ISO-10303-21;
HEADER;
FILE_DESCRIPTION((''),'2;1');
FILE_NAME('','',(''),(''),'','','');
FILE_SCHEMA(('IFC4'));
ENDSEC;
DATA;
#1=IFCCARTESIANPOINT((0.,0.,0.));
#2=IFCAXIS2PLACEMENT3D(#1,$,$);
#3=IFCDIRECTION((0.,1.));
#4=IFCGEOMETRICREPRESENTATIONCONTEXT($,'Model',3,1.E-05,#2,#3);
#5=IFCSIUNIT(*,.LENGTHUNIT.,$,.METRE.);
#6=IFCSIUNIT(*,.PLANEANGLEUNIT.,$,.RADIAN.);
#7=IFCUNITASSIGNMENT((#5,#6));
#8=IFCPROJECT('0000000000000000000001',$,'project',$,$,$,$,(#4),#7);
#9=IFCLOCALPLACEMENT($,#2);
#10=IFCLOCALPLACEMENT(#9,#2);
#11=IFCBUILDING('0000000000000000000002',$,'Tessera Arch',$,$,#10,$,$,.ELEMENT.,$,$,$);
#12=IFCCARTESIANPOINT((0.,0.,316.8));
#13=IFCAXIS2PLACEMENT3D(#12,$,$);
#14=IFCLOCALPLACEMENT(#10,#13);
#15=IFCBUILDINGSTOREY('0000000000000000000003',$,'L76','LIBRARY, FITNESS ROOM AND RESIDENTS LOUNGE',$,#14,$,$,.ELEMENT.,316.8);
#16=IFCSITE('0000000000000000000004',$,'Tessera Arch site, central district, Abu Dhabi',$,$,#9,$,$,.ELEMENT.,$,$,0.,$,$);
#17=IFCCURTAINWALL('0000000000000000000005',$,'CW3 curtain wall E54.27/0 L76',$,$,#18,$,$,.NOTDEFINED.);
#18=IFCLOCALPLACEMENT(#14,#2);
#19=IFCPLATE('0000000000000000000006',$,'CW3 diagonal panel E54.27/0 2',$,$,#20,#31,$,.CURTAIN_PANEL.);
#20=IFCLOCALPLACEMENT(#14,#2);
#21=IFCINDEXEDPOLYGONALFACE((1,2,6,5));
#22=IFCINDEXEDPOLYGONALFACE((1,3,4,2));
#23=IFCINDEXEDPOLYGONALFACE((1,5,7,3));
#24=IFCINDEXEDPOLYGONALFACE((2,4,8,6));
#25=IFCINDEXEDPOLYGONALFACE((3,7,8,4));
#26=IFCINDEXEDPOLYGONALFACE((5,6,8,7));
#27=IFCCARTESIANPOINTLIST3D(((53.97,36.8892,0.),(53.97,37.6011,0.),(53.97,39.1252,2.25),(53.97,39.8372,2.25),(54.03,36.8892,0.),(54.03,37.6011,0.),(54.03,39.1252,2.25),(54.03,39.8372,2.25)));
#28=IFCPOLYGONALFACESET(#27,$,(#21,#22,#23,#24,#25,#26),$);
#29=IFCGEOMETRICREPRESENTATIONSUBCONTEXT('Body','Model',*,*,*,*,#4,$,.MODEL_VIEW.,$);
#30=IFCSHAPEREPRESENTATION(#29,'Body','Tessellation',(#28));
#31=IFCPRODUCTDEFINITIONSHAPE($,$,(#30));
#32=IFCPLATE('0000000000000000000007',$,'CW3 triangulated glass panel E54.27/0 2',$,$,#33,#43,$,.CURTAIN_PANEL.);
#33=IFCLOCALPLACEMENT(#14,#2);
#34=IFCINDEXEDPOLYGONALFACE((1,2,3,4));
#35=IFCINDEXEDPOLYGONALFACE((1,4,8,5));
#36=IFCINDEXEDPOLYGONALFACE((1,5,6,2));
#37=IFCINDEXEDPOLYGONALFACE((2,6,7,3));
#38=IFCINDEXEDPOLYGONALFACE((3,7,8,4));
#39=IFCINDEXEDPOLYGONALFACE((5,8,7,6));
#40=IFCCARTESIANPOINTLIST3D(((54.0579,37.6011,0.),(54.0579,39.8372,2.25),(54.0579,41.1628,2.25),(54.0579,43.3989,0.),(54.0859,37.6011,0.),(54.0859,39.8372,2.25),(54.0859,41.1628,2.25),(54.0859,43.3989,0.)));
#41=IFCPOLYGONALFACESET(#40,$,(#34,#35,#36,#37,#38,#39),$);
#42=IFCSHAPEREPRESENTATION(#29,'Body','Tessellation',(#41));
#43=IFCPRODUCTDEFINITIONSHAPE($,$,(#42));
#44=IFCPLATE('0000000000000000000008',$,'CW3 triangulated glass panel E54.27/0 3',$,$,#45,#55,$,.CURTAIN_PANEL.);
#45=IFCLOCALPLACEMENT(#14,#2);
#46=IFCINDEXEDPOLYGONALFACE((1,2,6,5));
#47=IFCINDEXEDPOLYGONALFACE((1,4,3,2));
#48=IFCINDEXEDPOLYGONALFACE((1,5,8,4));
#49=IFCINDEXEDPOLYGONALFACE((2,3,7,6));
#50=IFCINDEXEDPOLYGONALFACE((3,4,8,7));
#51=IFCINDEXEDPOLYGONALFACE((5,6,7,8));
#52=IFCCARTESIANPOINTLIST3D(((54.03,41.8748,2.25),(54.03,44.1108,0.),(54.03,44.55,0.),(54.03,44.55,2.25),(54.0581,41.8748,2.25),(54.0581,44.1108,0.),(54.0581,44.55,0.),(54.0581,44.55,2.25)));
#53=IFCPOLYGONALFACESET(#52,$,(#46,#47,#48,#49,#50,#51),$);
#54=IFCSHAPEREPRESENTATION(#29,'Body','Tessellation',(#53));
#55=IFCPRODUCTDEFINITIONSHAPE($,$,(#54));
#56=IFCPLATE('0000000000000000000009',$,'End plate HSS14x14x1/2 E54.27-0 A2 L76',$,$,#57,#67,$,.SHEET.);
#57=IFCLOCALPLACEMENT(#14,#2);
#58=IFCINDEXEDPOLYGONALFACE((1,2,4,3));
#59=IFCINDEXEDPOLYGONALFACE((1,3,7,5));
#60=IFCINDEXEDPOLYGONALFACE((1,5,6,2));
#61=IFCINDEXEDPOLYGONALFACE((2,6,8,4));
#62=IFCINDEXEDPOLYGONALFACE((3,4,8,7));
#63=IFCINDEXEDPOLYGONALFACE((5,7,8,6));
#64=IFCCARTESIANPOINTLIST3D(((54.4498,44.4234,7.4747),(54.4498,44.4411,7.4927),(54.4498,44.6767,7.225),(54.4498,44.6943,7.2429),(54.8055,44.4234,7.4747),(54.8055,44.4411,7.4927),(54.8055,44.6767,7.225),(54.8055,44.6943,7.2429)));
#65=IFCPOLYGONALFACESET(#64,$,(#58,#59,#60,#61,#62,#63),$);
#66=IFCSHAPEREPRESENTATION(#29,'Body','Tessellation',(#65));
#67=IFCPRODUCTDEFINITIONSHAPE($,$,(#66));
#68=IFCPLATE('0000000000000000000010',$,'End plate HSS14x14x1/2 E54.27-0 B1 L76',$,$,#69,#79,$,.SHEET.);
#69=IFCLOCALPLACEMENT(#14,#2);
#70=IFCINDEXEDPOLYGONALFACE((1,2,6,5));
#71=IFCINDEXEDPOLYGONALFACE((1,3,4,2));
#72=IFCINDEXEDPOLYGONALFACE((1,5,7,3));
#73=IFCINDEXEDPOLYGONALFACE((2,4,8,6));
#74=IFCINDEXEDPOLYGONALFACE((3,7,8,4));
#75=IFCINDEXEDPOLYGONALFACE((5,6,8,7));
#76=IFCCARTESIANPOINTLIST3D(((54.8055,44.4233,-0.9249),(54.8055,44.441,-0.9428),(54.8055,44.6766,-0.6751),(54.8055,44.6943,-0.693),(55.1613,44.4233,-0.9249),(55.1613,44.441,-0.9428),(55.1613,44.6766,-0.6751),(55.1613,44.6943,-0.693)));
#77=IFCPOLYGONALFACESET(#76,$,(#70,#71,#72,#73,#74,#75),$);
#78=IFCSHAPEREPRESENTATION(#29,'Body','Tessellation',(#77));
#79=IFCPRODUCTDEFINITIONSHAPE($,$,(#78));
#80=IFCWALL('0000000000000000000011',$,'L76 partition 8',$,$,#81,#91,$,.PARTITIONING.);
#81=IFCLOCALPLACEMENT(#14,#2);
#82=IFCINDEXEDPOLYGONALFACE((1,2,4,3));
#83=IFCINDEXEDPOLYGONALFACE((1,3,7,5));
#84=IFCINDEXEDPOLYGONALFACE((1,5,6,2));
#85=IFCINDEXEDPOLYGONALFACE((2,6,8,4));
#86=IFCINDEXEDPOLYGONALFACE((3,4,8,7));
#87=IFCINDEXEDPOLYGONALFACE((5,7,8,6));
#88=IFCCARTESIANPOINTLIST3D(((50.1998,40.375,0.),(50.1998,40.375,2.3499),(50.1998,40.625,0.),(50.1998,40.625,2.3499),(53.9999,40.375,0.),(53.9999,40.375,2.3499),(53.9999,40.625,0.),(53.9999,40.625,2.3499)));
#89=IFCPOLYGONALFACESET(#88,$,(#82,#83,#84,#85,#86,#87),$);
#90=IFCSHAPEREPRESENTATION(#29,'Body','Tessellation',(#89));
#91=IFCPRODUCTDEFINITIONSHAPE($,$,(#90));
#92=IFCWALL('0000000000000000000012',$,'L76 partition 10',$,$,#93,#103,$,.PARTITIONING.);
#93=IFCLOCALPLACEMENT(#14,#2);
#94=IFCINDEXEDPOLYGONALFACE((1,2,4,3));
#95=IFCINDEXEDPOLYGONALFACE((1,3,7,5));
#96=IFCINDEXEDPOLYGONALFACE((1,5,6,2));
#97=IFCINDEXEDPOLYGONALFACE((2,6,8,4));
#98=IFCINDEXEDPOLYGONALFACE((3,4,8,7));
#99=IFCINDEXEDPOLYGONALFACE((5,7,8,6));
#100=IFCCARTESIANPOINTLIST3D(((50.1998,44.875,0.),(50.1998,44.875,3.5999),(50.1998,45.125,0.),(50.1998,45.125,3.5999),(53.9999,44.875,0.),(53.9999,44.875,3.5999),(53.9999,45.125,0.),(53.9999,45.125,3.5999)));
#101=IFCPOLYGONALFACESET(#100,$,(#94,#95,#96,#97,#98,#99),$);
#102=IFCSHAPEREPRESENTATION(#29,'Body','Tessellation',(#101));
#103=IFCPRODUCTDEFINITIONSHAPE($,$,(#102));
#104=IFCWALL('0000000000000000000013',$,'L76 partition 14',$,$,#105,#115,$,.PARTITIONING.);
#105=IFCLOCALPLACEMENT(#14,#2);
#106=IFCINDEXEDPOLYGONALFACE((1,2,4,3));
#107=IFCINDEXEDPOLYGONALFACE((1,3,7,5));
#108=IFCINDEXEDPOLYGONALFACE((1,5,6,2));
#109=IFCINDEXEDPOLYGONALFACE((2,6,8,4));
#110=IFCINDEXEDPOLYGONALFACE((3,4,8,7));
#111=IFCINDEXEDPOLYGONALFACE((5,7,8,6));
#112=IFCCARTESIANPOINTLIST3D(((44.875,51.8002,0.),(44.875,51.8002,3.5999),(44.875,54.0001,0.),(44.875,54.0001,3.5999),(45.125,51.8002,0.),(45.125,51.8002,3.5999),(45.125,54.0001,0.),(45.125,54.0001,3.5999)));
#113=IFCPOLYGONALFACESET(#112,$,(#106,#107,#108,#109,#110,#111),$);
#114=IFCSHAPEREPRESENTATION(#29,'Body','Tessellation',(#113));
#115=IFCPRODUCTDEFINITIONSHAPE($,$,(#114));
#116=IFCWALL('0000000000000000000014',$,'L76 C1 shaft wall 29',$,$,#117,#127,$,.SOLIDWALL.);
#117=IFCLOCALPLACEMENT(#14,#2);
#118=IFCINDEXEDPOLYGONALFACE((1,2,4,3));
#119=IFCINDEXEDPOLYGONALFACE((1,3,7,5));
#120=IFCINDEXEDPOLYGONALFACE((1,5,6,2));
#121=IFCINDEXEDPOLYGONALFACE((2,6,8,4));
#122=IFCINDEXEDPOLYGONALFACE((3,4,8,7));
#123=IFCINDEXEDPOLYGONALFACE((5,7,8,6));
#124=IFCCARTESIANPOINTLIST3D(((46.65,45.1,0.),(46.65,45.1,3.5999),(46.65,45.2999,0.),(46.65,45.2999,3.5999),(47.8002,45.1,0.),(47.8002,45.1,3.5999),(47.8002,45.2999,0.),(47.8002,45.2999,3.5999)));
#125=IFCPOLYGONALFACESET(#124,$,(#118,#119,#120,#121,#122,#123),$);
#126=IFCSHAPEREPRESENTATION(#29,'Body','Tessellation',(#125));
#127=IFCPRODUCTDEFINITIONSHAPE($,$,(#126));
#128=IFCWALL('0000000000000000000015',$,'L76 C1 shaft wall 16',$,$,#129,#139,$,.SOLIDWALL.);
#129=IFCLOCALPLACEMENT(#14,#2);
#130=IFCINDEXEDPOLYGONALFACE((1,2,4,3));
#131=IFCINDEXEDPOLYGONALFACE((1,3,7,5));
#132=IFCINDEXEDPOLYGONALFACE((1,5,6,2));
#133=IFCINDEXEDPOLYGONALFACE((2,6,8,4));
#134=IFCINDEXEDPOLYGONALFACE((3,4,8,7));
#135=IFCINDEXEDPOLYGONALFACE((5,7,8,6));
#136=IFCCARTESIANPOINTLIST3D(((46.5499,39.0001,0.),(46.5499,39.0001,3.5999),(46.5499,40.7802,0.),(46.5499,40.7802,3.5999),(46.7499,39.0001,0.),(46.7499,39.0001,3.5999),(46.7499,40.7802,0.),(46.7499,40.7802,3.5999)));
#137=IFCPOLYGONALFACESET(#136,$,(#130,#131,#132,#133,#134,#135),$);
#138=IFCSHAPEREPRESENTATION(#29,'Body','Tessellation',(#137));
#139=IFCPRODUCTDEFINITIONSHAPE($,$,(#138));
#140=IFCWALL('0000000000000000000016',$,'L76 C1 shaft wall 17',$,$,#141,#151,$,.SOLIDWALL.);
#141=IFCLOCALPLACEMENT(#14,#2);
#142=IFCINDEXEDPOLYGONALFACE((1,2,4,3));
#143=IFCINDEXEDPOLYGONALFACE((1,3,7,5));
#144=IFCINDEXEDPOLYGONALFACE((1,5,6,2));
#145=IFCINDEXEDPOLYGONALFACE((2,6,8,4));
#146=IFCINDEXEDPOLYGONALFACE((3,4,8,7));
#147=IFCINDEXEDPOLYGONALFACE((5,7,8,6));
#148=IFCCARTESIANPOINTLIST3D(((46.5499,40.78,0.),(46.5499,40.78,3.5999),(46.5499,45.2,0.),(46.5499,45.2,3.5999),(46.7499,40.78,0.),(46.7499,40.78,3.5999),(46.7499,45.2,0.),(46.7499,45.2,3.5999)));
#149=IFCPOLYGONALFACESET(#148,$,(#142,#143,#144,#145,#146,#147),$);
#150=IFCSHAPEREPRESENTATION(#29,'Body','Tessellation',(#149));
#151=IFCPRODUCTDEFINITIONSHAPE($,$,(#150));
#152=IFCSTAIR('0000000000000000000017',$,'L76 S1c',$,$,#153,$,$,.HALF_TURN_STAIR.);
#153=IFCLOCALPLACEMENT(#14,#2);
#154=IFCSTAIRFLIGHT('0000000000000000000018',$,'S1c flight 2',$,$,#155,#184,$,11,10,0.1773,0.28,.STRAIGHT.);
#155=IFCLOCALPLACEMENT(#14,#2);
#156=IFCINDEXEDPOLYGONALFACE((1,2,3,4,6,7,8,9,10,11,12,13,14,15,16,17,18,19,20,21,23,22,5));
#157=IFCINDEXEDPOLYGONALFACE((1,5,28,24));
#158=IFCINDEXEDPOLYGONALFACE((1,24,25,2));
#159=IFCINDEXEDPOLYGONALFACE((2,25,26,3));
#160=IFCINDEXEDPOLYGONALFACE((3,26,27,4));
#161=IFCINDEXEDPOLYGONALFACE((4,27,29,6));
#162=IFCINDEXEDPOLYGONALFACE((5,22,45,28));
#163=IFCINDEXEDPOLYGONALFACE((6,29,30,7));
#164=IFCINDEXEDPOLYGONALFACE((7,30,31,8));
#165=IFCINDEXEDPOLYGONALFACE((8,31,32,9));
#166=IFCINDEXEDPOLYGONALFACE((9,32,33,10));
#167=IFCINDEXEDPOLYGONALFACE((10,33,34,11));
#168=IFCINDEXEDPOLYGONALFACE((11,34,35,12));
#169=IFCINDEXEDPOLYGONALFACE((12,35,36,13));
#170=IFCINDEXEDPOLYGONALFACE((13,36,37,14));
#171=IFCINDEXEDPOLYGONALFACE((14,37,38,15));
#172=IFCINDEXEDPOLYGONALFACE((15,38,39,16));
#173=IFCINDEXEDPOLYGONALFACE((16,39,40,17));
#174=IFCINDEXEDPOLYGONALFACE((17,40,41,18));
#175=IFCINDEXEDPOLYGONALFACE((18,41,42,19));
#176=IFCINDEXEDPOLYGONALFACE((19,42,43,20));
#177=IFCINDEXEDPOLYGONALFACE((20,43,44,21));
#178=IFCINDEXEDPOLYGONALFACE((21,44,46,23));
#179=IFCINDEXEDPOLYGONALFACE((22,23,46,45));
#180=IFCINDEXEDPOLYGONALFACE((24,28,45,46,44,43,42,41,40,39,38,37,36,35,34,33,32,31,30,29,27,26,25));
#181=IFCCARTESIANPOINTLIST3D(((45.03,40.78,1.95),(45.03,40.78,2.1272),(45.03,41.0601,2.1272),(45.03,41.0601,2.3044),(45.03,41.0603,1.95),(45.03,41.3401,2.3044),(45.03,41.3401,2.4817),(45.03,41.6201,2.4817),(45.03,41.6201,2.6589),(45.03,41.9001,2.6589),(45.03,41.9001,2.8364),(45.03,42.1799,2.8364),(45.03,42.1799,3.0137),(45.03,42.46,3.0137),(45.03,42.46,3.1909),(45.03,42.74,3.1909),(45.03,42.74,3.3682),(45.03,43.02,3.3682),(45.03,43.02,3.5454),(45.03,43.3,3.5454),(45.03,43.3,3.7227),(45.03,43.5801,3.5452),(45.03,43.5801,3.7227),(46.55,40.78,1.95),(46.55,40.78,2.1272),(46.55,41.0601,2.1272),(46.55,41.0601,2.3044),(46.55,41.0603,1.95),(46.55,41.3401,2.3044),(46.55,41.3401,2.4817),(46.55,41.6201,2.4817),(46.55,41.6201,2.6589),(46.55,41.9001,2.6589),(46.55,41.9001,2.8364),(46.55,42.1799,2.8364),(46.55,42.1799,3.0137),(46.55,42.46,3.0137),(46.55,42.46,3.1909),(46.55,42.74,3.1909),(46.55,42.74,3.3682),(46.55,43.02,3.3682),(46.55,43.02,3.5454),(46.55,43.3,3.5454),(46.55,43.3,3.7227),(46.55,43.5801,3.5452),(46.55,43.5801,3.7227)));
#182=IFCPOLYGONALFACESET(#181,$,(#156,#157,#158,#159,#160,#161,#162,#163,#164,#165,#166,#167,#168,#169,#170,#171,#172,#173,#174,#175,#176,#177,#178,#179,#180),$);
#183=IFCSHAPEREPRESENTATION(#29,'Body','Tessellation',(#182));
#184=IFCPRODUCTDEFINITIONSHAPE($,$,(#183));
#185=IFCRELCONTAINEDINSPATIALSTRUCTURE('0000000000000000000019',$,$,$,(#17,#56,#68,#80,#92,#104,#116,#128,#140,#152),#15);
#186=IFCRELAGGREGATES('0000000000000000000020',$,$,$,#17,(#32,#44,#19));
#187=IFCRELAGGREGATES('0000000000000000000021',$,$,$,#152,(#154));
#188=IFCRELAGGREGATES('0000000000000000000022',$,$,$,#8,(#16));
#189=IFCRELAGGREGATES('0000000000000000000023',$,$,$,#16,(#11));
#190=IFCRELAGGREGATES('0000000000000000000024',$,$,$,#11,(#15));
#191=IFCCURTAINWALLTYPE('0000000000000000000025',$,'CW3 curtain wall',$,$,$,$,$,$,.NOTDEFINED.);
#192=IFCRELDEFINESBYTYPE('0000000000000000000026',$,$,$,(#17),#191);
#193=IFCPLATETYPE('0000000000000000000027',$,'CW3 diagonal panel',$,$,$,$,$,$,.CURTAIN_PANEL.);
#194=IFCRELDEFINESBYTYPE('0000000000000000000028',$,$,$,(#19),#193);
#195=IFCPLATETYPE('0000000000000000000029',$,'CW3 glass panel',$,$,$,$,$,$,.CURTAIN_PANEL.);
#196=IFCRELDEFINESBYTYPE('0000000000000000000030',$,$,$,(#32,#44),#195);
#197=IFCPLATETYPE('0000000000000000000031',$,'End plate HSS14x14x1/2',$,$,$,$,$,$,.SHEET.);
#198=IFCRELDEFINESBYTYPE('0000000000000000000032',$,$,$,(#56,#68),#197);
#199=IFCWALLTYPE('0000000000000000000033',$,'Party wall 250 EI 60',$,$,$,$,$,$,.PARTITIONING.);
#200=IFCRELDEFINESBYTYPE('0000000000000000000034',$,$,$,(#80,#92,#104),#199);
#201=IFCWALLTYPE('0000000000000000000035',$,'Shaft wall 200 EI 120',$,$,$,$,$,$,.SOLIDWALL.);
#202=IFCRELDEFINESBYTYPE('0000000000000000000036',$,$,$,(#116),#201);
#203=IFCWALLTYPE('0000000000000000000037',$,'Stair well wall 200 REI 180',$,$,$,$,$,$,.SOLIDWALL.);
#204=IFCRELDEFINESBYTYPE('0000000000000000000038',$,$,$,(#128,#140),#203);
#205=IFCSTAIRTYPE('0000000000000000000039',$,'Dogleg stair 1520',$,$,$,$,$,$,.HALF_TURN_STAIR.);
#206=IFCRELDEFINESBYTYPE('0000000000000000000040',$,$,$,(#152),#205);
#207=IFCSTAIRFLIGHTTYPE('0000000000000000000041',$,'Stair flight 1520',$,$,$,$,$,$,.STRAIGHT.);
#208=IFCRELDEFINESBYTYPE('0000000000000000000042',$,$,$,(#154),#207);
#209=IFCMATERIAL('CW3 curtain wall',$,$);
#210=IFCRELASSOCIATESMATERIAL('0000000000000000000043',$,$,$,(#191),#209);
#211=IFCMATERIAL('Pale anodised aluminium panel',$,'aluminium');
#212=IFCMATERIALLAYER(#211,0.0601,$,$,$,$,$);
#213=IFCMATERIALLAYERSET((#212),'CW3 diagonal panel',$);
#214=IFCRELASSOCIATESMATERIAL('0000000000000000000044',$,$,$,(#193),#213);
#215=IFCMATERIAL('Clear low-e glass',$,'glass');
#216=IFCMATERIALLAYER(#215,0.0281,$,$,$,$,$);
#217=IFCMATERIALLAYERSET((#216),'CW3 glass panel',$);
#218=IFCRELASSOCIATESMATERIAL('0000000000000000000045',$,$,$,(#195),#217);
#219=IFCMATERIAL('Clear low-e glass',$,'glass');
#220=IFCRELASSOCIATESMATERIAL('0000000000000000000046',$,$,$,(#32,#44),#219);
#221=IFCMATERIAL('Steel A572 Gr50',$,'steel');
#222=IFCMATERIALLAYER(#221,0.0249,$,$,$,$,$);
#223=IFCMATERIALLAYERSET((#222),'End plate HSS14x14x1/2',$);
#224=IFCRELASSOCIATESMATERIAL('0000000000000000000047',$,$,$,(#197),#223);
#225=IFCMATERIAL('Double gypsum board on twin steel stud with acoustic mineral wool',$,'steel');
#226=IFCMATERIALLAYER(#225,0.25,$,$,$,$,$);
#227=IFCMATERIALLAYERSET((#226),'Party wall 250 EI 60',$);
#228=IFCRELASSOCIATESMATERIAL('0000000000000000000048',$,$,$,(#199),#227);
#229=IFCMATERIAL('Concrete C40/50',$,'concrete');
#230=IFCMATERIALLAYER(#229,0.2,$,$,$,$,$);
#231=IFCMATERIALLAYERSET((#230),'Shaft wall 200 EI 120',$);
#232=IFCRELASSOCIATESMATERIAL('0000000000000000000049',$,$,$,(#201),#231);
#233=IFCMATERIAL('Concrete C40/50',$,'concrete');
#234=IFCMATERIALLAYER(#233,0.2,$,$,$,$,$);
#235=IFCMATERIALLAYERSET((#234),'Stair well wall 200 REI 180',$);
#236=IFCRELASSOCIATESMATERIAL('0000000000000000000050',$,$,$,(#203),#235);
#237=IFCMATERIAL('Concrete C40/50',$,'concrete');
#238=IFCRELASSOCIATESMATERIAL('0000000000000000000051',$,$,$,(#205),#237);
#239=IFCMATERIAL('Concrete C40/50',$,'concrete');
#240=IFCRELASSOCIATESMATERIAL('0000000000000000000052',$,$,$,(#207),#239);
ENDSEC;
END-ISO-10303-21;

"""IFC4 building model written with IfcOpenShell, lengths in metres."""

from ifc_helpers import new_model, si_unit, direction, frame, frame_2d, origin, origin_2d, place, context, subcontext, project, spatial, polyline, rectangle, outline, extrude, material, layer, layer_set, type_object, element, aggregate, save


model = new_model("IFC4")

# Units and contexts
model_context = context("Model", 3, precision=1e-05, world=origin(), true_north=direction((0.0, 1.0)))
body_context = subcontext(model_context, "Body", "Model", "MODEL_VIEW")
ifc_project = project(units=[si_unit("LENGTHUNIT", "METRE"), si_unit("PLANEANGLEUNIT", "RADIAN")], contexts=[model_context])

# Site, building, storey
site_placement = place(None, origin())
site = spatial("IfcSite", under=ifc_project, at=site_placement, Name="Tessera Arch site, central district, Abu Dhabi", CompositionType="ELEMENT", RefElevation=0.0)
building_placement = place(site_placement, origin())
building = spatial("IfcBuilding", under=site, at=building_placement, Name="Tessera Arch", CompositionType="ELEMENT")
storey_placement = place(building_placement, frame((0.0, 0.0, 316.8)))
storey = spatial("IfcBuildingStorey", under=building, at=storey_placement, Name="L76", Description="LIBRARY, FITNESS ROOM AND RESIDENTS LOUNGE", CompositionType="ELEMENT", Elevation=316.8)

# Shared definitions
ifc_material_1 = material(Name="Clear low-e glass", Category="glass")

# Curtain wall, plates
ifc_material_2 = material(Name="CW3 curtain wall")
curtain_wall_type_1 = type_object("IfcCurtainWallType", Name="CW3 curtain wall", PredefinedType="NOTDEFINED", material=ifc_material_2)
curtain_wall_1_placement = place(storey_placement, origin())
curtain_wall_1 = element("IfcCurtainWall", 1, at=curtain_wall_1_placement, inside=storey, type_object=curtain_wall_type_1, Name="CW3 curtain wall E54.27/0 L76", PredefinedType="NOTDEFINED")
ifc_material_3 = material(Name="Pale anodised aluminium panel", Category="aluminium")
ifc_layer_1 = layer(ifc_material_3, 0.0601)
ifc_layer_set_1 = layer_set([ifc_layer_1], Name="CW3 diagonal panel")
plate_type_1 = type_object("IfcPlateType", Name="CW3 diagonal panel", PredefinedType="CURTAIN_PANEL", material=ifc_layer_set_1)
plate_1_placement = place(storey_placement, frame((54.03, 39.8372, 2.25), z_axis=(1.0, 0.0, 0.0), x_axis=(0.0, -1.0, 0.0)))
plate_1 = element("IfcPlate", 2, at=plate_1_placement, type_object=plate_type_1, Name="CW3 diagonal panel E54.27/0 2", PredefinedType="CURTAIN_PANEL", context=body_context, shape_type="SweptSolid", body=[
    extrude(outline(polyline([(0.0, 0.0), (0.7119, 0.0), (2.948, 2.25), (2.2361, 2.25), (0.0, 0.0)])), origin(), (0.0, 0.0, -1.0), 0.0601),
])
ifc_material_4 = material(Name="Clear low-e glass", Category="glass")
ifc_layer_2 = layer(ifc_material_4, 0.0281)
ifc_layer_set_2 = layer_set([ifc_layer_2], Name="CW3 glass panel")
plate_type_2 = type_object("IfcPlateType", Name="CW3 glass panel", PredefinedType="CURTAIN_PANEL", material=ifc_layer_set_2)
plate_2_placement = place(storey_placement, frame((54.0859, 41.1628, 2.25), z_axis=(1.0, 0.0, 0.0), x_axis=(0.0, -1.0, 0.0)))
plate_2 = element("IfcPlate", 3, at=plate_2_placement, type_object=plate_type_2, material=ifc_material_1, Name="CW3 triangulated glass panel E54.27/0 2", PredefinedType="CURTAIN_PANEL", context=body_context, shape_type="SweptSolid", body=[
    extrude(outline(polyline([(0.0, 0.0), (1.3257, 0.0), (3.5618, 2.25), (-2.2361, 2.25), (0.0, 0.0)])), origin(), (0.0, 0.0, -1.0), 0.0281),
])
plate_3_placement = place(storey_placement, frame((54.0581, 44.55, 2.25), z_axis=(1.0, 0.0, 0.0), x_axis=(0.0, -1.0, 0.0)))
plate_3 = element("IfcPlate", 4, at=plate_3_placement, type_object=plate_type_2, material=ifc_material_1, Name="CW3 triangulated glass panel E54.27/0 3", PredefinedType="CURTAIN_PANEL", context=body_context, shape_type="SweptSolid", body=[
    extrude(outline(polyline([(0.0, 0.0), (2.6753, 0.0), (0.4392, 2.25), (0.0, 2.25), (0.0, 0.0)])), origin(), (0.0, 0.0, -1.0), 0.0281),
])
aggregate(curtain_wall_1, [plate_2, plate_3, plate_1])

# Plates
ifc_material_5 = material(Name="Steel A572 Gr50", Category="steel")
ifc_layer_3 = layer(ifc_material_5, 0.0249)
ifc_layer_set_3 = layer_set([ifc_layer_3], Name="End plate HSS14x14x1/2")
plate_type_3 = type_object("IfcPlateType", Name="End plate HSS14x14x1/2", PredefinedType="SHEET", material=ifc_layer_set_3)
for number, where, z_axis, x_axis, name in (
    (5, (54.6277, 44.55, 7.3499), (0.0, 0.702213, 0.711966), (-1.0, 0.0, 0.0), "End plate HSS14x14x1/2 E54.27-0 A2 L76"),
    (6, (54.9834, 44.5676, -0.8179), (0.0, -0.702213, 0.711966), (1.0, 0.0, 0.0), "End plate HSS14x14x1/2 E54.27-0 B1 L76"),
):
    element("IfcPlate", number, at=place(storey_placement, frame(where, z_axis=z_axis, x_axis=x_axis)), inside=storey, type_object=plate_type_3, Name=name, PredefinedType="SHEET", context=body_context, shape_type="SweptSolid", body=[
        extrude(rectangle(XDim=0.3557, YDim=0.3557, at=origin_2d()), origin(), (0.0, 0.0, 1.0), 0.0251),
    ])

# Walls
ifc_material_6 = material(Name="Double gypsum board on twin steel stud with acoustic mineral wool", Category="steel")
ifc_layer_4 = layer(ifc_material_6, 0.25)
ifc_layer_set_4 = layer_set([ifc_layer_4], Name="Party wall 250 EI 60")
wall_type_1 = type_object("IfcWallType", Name="Party wall 250 EI 60", PredefinedType="PARTITIONING", material=ifc_layer_set_4)
wall_1_placement = place(storey_placement, frame((50.2, 40.5, 0.0), z_axis=(0.0, 0.0, 1.0), x_axis=(1.0, 0.0, 0.0)))
element("IfcWall", 7, at=wall_1_placement, inside=storey, type_object=wall_type_1, Name="L76 partition 8", PredefinedType="PARTITIONING", context=body_context, shape_type="SweptSolid", body=[
    extrude(rectangle(XDim=3.8, YDim=0.25, at=frame_2d((1.8999, 0.0))), origin(), (0.0, 0.0, 1.0), 2.3499),
])
wall_2_placement = place(storey_placement, frame((50.2, 45.0, 0.0), z_axis=(0.0, 0.0, 1.0), x_axis=(1.0, 0.0, 0.0)))
element("IfcWall", 8, at=wall_2_placement, inside=storey, type_object=wall_type_1, Name="L76 partition 10", PredefinedType="PARTITIONING", context=body_context, shape_type="SweptSolid", body=[
    extrude(rectangle(XDim=3.8, YDim=0.25, at=frame_2d((1.8999, 0.0))), origin(), (0.0, 0.0, 1.0), 3.5999),
])
wall_3_placement = place(storey_placement, frame((45.0, 51.8, 0.0), z_axis=(0.0, 0.0, 1.0), x_axis=(0.0, 1.0, 0.0)))
element("IfcWall", 9, at=wall_3_placement, inside=storey, type_object=wall_type_1, Name="L76 partition 14", PredefinedType="PARTITIONING", context=body_context, shape_type="SweptSolid", body=[
    extrude(rectangle(XDim=2.2, YDim=0.25, at=frame_2d((1.1001, 0.0))), origin(), (0.0, 0.0, 1.0), 3.5999),
])
ifc_material_7 = material(Name="Concrete C40/50", Category="concrete")
ifc_layer_5 = layer(ifc_material_7, 0.2)
ifc_layer_set_5 = layer_set([ifc_layer_5], Name="Shaft wall 200 EI 120")
wall_type_2 = type_object("IfcWallType", Name="Shaft wall 200 EI 120", PredefinedType="SOLIDWALL", material=ifc_layer_set_5)
wall_4_placement = place(storey_placement, frame((46.6499, 45.2, 0.0), z_axis=(0.0, 0.0, 1.0), x_axis=(1.0, 0.0, 0.0)))
element("IfcWall", 10, at=wall_4_placement, inside=storey, type_object=wall_type_2, Name="L76 C1 shaft wall 29", PredefinedType="SOLIDWALL", context=body_context, shape_type="SweptSolid", body=[
    extrude(rectangle(XDim=1.1501, YDim=0.2, at=frame_2d((0.5752, 0.0))), origin(), (0.0, 0.0, 1.0), 3.5999),
])
ifc_material_8 = material(Name="Concrete C40/50", Category="concrete")
ifc_layer_6 = layer(ifc_material_8, 0.2)
ifc_layer_set_6 = layer_set([ifc_layer_6], Name="Stair well wall 200 REI 180")
wall_type_3 = type_object("IfcWallType", Name="Stair well wall 200 REI 180", PredefinedType="SOLIDWALL", material=ifc_layer_set_6)
wall_5_placement = place(storey_placement, frame((46.6499, 39.0, 0.0), z_axis=(0.0, 0.0, 1.0), x_axis=(0.0, 1.0, 0.0)))
element("IfcWall", 11, at=wall_5_placement, inside=storey, type_object=wall_type_3, Name="L76 C1 shaft wall 16", PredefinedType="SOLIDWALL", context=body_context, shape_type="SweptSolid", body=[
    extrude(rectangle(XDim=1.78, YDim=0.2, at=frame_2d((0.8901, 0.0))), origin(), (0.0, 0.0, 1.0), 3.5999),
])
wall_6_placement = place(storey_placement, frame((46.6499, 40.78, 0.0), z_axis=(0.0, 0.0, 1.0), x_axis=(0.0, 1.0, 0.0)))
element("IfcWall", 12, at=wall_6_placement, inside=storey, type_object=wall_type_3, Name="L76 C1 shaft wall 17", PredefinedType="SOLIDWALL", context=body_context, shape_type="SweptSolid", body=[
    extrude(rectangle(XDim=4.4199, YDim=0.2, at=frame_2d((2.21, 0.0))), origin(), (0.0, 0.0, 1.0), 3.5999),
])

# Stair, stair flight
ifc_material_9 = material(Name="Concrete C40/50", Category="concrete")
stair_type = type_object("IfcStairType", Name="Dogleg stair 1520", PredefinedType="HALF_TURN_STAIR", material=ifc_material_9)
stair_placement = place(storey_placement, origin())
stair = element("IfcStair", 13, at=stair_placement, inside=storey, type_object=stair_type, Name="L76 S1c", PredefinedType="HALF_TURN_STAIR")
ifc_material_10 = material(Name="Concrete C40/50", Category="concrete")
stair_flight_type = type_object("IfcStairFlightType", Name="Stair flight 1520", PredefinedType="STRAIGHT", material=ifc_material_10)
stair_flight_placement = place(storey_placement, frame((45.79, 40.78, 1.95), z_axis=(0.0, 0.0, 1.0), x_axis=(0.0, 1.0, 0.0)))
stair_flight = element("IfcStairFlight", 14, at=stair_flight_placement, type_object=stair_flight_type, Name="S1c flight 2", NumberOfRisers=11, NumberOfTreads=10, PredefinedType="STRAIGHT", RiserHeight=0.1773, TreadLength=0.28, context=body_context, shape_type="SweptSolid", body=[
    extrude(outline(polyline([(0.0, 0.0), (0.0, 0.1772), (0.28, 0.1772), (0.28, 0.3545), (0.5601, 0.3545), (0.5601, 0.5317), (0.8401, 0.5317), (0.8401, 0.709), (1.1201, 0.709), (1.1201, 0.8865), (1.3999, 0.8865), (1.3999, 1.0637), (1.6799, 1.0637), (1.6799, 1.241), (1.96, 1.241), (1.96, 1.4182), (2.24, 1.4182), (2.24, 1.5955), (2.52, 1.5955), (2.52, 1.7727), (2.8, 1.7727), (2.8, 1.95), (2.8, 1.5952), (0.2803, 0.0), (0.0, 0.0)])), frame((0.0, 0.76, 0.0), z_axis=(0.0, -1.0, 0.0), x_axis=(1.0, 0.0, 0.0)), (0.0, 0.0, 1.0), 1.52),
])
aggregate(stair, [stair_flight])

save(model, "model.ifc")
